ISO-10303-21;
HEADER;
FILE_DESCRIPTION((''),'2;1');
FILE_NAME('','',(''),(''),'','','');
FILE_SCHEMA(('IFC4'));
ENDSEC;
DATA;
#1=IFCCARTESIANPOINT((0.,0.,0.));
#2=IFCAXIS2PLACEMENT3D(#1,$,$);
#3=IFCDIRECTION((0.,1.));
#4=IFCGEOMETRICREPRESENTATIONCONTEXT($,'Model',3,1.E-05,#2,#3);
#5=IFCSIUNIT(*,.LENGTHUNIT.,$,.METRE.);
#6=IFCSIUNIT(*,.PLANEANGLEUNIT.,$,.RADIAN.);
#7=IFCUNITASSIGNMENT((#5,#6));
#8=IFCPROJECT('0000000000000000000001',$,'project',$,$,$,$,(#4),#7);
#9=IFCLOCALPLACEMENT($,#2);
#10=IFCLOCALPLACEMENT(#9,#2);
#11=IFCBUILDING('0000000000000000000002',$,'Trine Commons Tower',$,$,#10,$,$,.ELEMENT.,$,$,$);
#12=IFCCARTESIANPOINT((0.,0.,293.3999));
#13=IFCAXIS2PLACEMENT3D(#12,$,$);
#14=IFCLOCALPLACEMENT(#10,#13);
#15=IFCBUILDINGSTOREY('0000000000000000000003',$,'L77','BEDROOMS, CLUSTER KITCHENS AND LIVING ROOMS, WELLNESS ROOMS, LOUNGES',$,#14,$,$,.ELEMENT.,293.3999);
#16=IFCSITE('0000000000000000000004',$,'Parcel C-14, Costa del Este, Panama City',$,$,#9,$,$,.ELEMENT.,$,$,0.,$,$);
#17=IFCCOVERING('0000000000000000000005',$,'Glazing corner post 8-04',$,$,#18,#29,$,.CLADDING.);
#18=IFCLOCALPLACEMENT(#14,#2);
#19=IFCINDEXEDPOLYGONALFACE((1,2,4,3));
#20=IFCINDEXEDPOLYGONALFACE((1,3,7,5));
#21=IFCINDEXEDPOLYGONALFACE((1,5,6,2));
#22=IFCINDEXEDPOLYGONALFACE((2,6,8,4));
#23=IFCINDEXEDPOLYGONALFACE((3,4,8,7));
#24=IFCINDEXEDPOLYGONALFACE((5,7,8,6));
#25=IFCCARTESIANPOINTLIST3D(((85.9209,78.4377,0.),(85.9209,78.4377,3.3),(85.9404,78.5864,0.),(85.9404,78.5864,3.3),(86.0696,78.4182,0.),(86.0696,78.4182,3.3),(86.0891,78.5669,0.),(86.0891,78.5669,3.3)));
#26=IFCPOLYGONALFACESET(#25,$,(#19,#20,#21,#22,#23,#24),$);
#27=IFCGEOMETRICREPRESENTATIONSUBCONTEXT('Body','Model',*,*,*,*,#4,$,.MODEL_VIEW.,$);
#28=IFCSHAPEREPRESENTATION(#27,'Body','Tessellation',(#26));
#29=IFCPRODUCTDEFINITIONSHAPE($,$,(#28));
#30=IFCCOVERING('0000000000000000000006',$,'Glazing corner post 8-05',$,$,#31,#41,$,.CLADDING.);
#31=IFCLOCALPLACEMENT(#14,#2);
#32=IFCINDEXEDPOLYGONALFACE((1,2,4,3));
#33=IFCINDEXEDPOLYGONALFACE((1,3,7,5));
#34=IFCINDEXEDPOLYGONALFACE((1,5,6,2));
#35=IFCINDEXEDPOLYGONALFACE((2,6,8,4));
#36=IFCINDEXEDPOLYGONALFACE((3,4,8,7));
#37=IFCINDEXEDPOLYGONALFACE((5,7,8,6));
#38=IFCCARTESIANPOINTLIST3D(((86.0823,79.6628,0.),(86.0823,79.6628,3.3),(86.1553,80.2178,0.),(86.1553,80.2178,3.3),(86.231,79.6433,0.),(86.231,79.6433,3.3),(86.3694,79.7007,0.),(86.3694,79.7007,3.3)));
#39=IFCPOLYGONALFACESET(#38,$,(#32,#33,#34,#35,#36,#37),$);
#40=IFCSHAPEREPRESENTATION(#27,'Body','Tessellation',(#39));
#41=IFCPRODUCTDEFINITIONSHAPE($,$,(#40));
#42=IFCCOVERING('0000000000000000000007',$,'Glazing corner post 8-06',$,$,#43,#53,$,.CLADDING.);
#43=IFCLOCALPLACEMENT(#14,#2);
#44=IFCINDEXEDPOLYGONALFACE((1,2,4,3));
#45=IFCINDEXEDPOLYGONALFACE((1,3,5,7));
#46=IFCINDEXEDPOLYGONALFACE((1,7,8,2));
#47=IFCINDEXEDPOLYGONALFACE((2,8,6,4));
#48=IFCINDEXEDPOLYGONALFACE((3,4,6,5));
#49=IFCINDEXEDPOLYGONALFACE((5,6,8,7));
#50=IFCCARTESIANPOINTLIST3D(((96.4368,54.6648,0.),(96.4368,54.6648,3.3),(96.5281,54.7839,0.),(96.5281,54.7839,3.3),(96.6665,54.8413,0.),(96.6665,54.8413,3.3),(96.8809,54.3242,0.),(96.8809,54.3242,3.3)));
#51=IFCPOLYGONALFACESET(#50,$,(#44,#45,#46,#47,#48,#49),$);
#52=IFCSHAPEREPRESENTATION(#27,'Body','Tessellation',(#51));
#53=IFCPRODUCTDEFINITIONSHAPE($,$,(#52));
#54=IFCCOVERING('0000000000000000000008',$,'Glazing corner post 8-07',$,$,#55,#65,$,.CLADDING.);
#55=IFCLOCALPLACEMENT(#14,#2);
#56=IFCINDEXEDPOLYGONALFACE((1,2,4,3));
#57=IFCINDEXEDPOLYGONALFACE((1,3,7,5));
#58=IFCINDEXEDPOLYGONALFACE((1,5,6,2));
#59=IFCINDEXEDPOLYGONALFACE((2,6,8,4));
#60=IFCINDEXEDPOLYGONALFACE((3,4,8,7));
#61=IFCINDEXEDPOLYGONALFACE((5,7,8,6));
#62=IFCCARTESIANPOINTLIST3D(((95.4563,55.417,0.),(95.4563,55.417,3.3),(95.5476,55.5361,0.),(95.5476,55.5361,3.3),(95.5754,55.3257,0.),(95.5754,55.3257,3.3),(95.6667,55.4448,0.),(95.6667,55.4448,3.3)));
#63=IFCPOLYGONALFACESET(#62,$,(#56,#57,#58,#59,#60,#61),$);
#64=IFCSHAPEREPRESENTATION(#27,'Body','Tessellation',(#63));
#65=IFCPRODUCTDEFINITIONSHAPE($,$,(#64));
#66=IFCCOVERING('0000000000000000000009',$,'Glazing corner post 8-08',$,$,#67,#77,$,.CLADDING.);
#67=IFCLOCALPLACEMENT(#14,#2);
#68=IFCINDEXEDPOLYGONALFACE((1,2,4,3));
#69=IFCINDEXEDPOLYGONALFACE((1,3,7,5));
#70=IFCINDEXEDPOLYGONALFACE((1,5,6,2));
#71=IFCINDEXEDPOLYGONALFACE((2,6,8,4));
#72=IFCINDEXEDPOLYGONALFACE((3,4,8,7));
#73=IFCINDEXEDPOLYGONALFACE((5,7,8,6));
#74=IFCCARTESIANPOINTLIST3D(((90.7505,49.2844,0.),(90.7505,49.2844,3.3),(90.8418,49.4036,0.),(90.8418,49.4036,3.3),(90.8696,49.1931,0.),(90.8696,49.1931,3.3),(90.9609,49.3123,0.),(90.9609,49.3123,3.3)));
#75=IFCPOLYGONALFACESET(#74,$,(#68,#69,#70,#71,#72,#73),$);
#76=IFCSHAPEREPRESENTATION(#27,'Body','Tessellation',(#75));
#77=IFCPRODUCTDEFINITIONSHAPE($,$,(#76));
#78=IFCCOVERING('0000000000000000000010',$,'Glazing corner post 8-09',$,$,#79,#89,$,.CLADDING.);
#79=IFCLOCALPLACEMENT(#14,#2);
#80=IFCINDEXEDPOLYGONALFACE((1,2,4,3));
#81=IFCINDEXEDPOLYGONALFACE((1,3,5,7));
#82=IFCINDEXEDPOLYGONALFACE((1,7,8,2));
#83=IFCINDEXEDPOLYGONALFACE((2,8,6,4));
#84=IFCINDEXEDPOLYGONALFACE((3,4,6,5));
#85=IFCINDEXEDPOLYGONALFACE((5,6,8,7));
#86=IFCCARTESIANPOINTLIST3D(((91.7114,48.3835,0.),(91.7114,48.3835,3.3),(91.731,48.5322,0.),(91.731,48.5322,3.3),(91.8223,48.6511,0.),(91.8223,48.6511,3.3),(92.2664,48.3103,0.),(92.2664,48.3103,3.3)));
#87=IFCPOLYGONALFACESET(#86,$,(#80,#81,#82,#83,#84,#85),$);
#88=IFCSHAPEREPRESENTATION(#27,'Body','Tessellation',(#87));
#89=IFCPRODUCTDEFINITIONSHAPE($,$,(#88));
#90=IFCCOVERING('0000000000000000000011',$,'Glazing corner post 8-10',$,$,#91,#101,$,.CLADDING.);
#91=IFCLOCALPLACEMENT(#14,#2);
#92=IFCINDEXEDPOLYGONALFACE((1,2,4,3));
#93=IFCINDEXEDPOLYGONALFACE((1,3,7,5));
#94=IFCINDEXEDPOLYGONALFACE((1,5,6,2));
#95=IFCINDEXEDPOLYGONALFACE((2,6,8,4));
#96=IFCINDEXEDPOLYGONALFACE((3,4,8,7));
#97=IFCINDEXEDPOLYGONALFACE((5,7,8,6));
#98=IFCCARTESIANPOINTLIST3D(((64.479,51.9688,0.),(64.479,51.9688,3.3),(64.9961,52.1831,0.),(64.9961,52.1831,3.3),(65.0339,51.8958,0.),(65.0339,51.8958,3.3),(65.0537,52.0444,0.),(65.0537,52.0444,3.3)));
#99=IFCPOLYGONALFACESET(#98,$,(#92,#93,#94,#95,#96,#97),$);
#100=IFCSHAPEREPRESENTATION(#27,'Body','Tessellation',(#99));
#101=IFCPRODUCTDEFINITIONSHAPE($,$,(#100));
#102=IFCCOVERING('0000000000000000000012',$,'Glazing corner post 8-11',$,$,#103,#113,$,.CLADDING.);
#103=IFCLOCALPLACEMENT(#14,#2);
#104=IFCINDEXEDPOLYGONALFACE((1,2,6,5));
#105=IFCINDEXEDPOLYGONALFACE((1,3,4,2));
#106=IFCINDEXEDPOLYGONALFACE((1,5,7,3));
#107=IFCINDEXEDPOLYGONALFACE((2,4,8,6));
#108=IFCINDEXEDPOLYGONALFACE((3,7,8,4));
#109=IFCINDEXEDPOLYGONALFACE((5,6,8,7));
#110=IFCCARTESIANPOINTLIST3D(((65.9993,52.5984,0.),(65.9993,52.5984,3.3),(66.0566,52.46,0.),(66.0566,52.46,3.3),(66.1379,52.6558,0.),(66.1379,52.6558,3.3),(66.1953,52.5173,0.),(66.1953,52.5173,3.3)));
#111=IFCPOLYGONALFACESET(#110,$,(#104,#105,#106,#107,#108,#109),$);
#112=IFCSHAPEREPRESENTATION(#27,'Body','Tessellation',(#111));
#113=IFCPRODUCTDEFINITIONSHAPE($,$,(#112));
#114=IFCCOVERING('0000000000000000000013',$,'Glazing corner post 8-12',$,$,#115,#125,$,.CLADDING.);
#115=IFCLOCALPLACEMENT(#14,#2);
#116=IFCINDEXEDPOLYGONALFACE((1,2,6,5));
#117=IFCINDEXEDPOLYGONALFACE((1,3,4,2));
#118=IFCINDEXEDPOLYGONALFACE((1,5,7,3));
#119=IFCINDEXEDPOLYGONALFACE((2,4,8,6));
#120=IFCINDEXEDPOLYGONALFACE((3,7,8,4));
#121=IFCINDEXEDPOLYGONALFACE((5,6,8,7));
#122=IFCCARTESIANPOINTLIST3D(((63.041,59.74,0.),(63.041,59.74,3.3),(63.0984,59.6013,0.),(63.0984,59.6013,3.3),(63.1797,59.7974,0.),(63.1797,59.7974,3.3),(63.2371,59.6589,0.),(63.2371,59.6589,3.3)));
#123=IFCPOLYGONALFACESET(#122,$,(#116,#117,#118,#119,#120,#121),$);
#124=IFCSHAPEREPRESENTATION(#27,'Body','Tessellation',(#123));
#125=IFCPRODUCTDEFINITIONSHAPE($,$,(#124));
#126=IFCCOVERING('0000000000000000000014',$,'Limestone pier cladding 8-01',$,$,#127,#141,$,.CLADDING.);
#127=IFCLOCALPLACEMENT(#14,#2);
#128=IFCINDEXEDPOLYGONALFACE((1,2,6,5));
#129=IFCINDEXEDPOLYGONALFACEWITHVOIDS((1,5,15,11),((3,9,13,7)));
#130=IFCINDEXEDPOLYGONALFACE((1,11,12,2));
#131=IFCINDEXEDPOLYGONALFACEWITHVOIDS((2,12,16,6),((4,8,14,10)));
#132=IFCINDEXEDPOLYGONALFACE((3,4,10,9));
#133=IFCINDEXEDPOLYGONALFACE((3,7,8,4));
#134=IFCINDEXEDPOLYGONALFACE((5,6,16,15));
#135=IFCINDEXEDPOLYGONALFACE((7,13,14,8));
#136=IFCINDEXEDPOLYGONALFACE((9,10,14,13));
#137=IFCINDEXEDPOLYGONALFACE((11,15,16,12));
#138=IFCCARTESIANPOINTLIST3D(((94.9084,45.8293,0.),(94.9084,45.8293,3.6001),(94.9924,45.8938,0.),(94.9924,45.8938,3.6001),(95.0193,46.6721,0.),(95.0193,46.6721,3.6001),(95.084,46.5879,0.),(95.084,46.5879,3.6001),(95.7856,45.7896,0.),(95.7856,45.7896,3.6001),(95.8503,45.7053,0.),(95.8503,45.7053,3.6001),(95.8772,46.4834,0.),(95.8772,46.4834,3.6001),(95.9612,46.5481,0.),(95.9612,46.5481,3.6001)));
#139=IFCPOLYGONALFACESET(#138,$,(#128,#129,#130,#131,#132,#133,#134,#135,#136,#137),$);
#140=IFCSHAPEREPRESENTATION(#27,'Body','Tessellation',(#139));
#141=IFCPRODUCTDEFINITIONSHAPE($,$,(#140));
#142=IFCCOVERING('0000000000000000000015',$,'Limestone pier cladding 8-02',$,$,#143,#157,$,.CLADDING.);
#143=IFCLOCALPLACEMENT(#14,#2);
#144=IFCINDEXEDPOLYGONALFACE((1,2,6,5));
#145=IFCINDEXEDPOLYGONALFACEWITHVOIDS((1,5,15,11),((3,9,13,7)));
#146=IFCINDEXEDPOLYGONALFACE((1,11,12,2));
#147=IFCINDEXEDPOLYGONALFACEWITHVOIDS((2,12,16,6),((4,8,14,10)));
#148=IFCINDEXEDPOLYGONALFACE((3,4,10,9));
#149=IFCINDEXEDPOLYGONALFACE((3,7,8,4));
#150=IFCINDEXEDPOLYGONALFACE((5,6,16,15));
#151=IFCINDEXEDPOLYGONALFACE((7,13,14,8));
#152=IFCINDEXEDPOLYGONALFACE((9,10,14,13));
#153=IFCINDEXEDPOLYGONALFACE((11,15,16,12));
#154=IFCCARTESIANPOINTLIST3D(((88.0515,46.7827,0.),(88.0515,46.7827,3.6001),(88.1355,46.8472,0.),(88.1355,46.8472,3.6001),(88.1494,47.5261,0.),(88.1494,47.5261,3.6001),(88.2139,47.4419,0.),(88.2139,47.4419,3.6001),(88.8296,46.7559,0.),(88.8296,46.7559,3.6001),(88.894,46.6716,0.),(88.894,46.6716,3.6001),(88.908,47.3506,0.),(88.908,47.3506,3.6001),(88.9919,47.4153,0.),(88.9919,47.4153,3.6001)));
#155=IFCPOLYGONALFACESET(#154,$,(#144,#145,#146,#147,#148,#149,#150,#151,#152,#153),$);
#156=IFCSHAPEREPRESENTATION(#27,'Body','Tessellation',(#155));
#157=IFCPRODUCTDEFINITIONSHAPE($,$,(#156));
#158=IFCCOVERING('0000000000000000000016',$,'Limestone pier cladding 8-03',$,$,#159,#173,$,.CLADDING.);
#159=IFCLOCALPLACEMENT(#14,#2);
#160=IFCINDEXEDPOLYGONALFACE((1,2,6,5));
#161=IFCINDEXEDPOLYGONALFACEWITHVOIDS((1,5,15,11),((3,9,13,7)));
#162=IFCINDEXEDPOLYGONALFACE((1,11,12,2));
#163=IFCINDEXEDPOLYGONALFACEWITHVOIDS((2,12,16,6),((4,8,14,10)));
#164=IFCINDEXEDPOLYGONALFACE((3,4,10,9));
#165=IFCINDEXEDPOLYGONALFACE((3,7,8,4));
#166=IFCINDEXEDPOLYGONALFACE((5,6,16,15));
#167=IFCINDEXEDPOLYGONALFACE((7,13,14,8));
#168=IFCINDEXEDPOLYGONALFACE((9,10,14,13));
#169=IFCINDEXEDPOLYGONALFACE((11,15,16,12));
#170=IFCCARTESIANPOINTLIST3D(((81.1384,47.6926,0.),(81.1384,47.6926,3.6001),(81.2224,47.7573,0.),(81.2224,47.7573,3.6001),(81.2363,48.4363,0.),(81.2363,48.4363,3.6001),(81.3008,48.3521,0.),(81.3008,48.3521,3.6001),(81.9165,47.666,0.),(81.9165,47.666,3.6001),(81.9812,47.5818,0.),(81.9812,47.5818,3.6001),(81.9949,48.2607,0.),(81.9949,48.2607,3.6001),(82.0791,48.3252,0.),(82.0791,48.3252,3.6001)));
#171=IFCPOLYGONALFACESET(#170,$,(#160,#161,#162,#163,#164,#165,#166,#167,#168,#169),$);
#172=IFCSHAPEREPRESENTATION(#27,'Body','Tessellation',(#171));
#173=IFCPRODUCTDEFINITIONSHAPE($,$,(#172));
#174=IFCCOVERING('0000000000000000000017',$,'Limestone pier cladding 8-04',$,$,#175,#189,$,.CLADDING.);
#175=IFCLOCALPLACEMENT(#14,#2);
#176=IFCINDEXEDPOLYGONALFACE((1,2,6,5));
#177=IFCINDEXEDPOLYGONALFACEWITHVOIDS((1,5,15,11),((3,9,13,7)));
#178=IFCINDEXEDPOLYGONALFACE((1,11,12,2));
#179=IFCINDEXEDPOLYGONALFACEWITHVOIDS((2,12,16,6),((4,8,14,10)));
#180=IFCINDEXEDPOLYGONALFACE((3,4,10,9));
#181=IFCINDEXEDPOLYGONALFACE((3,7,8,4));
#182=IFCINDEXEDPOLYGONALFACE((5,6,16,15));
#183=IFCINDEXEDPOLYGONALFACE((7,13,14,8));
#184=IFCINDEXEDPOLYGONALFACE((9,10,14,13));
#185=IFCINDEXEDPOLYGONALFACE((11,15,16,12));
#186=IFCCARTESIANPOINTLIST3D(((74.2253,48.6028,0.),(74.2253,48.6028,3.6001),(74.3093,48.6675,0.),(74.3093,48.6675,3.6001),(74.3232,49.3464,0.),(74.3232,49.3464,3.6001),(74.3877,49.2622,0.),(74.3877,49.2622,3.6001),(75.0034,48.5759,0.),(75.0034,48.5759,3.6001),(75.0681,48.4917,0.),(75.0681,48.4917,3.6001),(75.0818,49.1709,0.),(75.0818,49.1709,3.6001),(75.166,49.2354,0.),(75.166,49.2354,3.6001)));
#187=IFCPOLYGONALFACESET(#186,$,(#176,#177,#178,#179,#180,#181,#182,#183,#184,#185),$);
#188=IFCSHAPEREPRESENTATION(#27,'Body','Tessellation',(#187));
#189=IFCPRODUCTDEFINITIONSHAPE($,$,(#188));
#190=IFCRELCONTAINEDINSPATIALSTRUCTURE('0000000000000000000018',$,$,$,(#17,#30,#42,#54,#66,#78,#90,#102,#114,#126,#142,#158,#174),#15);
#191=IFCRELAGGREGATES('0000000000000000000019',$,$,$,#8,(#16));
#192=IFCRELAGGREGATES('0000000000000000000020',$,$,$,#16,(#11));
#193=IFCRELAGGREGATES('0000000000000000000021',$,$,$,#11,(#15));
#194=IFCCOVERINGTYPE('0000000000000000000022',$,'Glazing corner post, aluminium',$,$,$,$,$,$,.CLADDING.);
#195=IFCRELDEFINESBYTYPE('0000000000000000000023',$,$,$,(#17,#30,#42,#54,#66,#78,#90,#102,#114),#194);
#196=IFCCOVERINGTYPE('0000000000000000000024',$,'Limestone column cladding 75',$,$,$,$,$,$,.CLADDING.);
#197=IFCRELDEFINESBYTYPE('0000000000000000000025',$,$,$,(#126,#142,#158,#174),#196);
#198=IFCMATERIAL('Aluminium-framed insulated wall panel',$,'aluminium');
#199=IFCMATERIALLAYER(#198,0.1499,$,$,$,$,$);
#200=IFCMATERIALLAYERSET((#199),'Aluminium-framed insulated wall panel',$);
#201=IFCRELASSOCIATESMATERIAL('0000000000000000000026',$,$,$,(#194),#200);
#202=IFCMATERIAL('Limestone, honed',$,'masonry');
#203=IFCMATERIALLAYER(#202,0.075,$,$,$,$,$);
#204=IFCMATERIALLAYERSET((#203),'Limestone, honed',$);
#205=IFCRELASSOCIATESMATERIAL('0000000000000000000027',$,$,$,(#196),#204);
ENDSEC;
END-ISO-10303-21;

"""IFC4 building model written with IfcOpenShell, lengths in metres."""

from ifc_helpers import new_model, si_unit, direction, frame, origin, place, context, subcontext, project, spatial, polyline, outline, extrude, material, layer, layer_set, type_object, element, save


model = new_model("IFC4")

# Units and contexts
model_context = context("Model", 3, precision=1e-05, world=origin(), true_north=direction((0.0, 1.0)))
body_context = subcontext(model_context, "Body", "Model", "MODEL_VIEW")
ifc_project = project(units=[si_unit("LENGTHUNIT", "METRE"), si_unit("PLANEANGLEUNIT", "RADIAN")], contexts=[model_context])

# Site, building, storey
site_placement = place(None, origin())
site = spatial("IfcSite", under=ifc_project, at=site_placement, Name="Parcel C-14, Costa del Este, Panama City", CompositionType="ELEMENT", RefElevation=0.0)
building_placement = place(site_placement, origin())
building = spatial("IfcBuilding", under=site, at=building_placement, Name="Trine Commons Tower", CompositionType="ELEMENT")
storey_placement = place(building_placement, frame((0.0, 0.0, 293.3999)))
storey = spatial("IfcBuildingStorey", under=building, at=storey_placement, Name="L77", Description="BEDROOMS, CLUSTER KITCHENS AND LIVING ROOMS, WELLNESS ROOMS, LOUNGES", CompositionType="ELEMENT", Elevation=293.3999)

# Coverings
ifc_material_1 = material(Name="Aluminium-framed insulated wall panel", Category="aluminium")
ifc_layer_1 = layer(ifc_material_1, 0.1499)
ifc_layer_set_1 = layer_set([ifc_layer_1], Name="Aluminium-framed insulated wall panel")
covering_type_1 = type_object("IfcCoveringType", Name="Glazing corner post, aluminium", PredefinedType="CLADDING", material=ifc_layer_set_1)
covering_1_placement = place(storey_placement, origin())
element("IfcCovering", 1, at=covering_1_placement, inside=storey, type_object=covering_type_1, Name="Glazing corner post 8-04", PredefinedType="CLADDING", context=body_context, shape_type="SweptSolid", body=[
    extrude(outline(polyline([(85.9209, 78.4377), (86.0696, 78.4182), (86.0891, 78.5669), (85.9404, 78.5864), (85.9209, 78.4377)])), origin(), (0.0, 0.0, 1.0), 3.3),
])
covering_2_placement = place(storey_placement, origin())
element("IfcCovering", 2, at=covering_2_placement, inside=storey, type_object=covering_type_1, Name="Glazing corner post 8-05", PredefinedType="CLADDING", context=body_context, shape_type="SweptSolid", body=[
    extrude(outline(polyline([(86.0823, 79.6628), (86.231, 79.6433), (86.3694, 79.7007), (86.1553, 80.2178), (86.0823, 79.6628)])), origin(), (0.0, 0.0, 1.0), 3.3),
])
covering_3_placement = place(storey_placement, origin())
element("IfcCovering", 3, at=covering_3_placement, inside=storey, type_object=covering_type_1, Name="Glazing corner post 8-06", PredefinedType="CLADDING", context=body_context, shape_type="SweptSolid", body=[
    extrude(outline(polyline([(96.4368, 54.6648), (96.8809, 54.3242), (96.6665, 54.8413), (96.5281, 54.7839), (96.4368, 54.6648)])), origin(), (0.0, 0.0, 1.0), 3.3),
])
covering_4_placement = place(storey_placement, origin())
element("IfcCovering", 4, at=covering_4_placement, inside=storey, type_object=covering_type_1, Name="Glazing corner post 8-07", PredefinedType="CLADDING", context=body_context, shape_type="SweptSolid", body=[
    extrude(outline(polyline([(95.4563, 55.417), (95.5754, 55.3257), (95.6667, 55.4448), (95.5476, 55.5361), (95.4563, 55.417)])), origin(), (0.0, 0.0, 1.0), 3.3),
])
covering_5_placement = place(storey_placement, origin())
element("IfcCovering", 5, at=covering_5_placement, inside=storey, type_object=covering_type_1, Name="Glazing corner post 8-08", PredefinedType="CLADDING", context=body_context, shape_type="SweptSolid", body=[
    extrude(outline(polyline([(90.8696, 49.1931), (90.9609, 49.3123), (90.8418, 49.4036), (90.7505, 49.2844), (90.8696, 49.1931)])), origin(), (0.0, 0.0, 1.0), 3.3),
])
covering_6_placement = place(storey_placement, origin())
element("IfcCovering", 6, at=covering_6_placement, inside=storey, type_object=covering_type_1, Name="Glazing corner post 8-09", PredefinedType="CLADDING", context=body_context, shape_type="SweptSolid", body=[
    extrude(outline(polyline([(91.7114, 48.3835), (92.2664, 48.3103), (91.8223, 48.6511), (91.731, 48.5322), (91.7114, 48.3835)])), origin(), (0.0, 0.0, 1.0), 3.3),
])
covering_7_placement = place(storey_placement, origin())
element("IfcCovering", 7, at=covering_7_placement, inside=storey, type_object=covering_type_1, Name="Glazing corner post 8-10", PredefinedType="CLADDING", context=body_context, shape_type="SweptSolid", body=[
    extrude(outline(polyline([(65.0339, 51.8958), (65.0537, 52.0444), (64.9961, 52.1831), (64.479, 51.9688), (65.0339, 51.8958)])), origin(), (0.0, 0.0, 1.0), 3.3),
])
covering_8_placement = place(storey_placement, origin())
element("IfcCovering", 8, at=covering_8_placement, inside=storey, type_object=covering_type_1, Name="Glazing corner post 8-11", PredefinedType="CLADDING", context=body_context, shape_type="SweptSolid", body=[
    extrude(outline(polyline([(66.0566, 52.46), (66.1953, 52.5173), (66.1379, 52.6558), (65.9993, 52.5984), (66.0566, 52.46)])), origin(), (0.0, 0.0, 1.0), 3.3),
])
covering_9_placement = place(storey_placement, origin())
element("IfcCovering", 9, at=covering_9_placement, inside=storey, type_object=covering_type_1, Name="Glazing corner post 8-12", PredefinedType="CLADDING", context=body_context, shape_type="SweptSolid", body=[
    extrude(outline(polyline([(63.041, 59.74), (63.0984, 59.6013), (63.2371, 59.6589), (63.1797, 59.7974), (63.041, 59.74)])), origin(), (0.0, 0.0, 1.0), 3.3),
])
ifc_material_2 = material(Name="Limestone, honed", Category="masonry")
ifc_layer_2 = layer(ifc_material_2, 0.075)
ifc_layer_set_2 = layer_set([ifc_layer_2], Name="Limestone, honed")
covering_type_2 = type_object("IfcCoveringType", Name="Limestone column cladding 75", PredefinedType="CLADDING", material=ifc_layer_set_2)
covering_10_placement = place(storey_placement, origin())
element("IfcCovering", 10, at=covering_10_placement, inside=storey, type_object=covering_type_2, Name="Limestone pier cladding 8-01", PredefinedType="CLADDING", context=body_context, shape_type="SweptSolid", body=[
    extrude(outline(polyline([(95.0193, 46.6721), (94.9084, 45.8293), (95.8503, 45.7053), (95.9612, 46.5481), (95.0193, 46.6721)]), holes=[polyline([(95.084, 46.5879), (94.9924, 45.8938), (95.7856, 45.7896), (95.8772, 46.4834), (95.084, 46.5879)])]), origin(), (0.0, 0.0, 1.0), 3.6001),
])
covering_11_placement = place(storey_placement, origin())
element("IfcCovering", 11, at=covering_11_placement, inside=storey, type_object=covering_type_2, Name="Limestone pier cladding 8-02", PredefinedType="CLADDING", context=body_context, shape_type="SweptSolid", body=[
    extrude(outline(polyline([(88.1494, 47.5261), (88.0515, 46.7827), (88.894, 46.6716), (88.9919, 47.4153), (88.1494, 47.5261)]), holes=[polyline([(88.2139, 47.4419), (88.1355, 46.8472), (88.8296, 46.7559), (88.908, 47.3506), (88.2139, 47.4419)])]), origin(), (0.0, 0.0, 1.0), 3.6001),
])
covering_12_placement = place(storey_placement, origin())
element("IfcCovering", 12, at=covering_12_placement, inside=storey, type_object=covering_type_2, Name="Limestone pier cladding 8-03", PredefinedType="CLADDING", context=body_context, shape_type="SweptSolid", body=[
    extrude(outline(polyline([(81.2363, 48.4363), (81.1384, 47.6926), (81.9812, 47.5818), (82.0791, 48.3252), (81.2363, 48.4363)]), holes=[polyline([(81.3008, 48.3521), (81.2224, 47.7573), (81.9165, 47.666), (81.9949, 48.2607), (81.3008, 48.3521)])]), origin(), (0.0, 0.0, 1.0), 3.6001),
])
covering_13_placement = place(storey_placement, origin())
element("IfcCovering", 13, at=covering_13_placement, inside=storey, type_object=covering_type_2, Name="Limestone pier cladding 8-04", PredefinedType="CLADDING", context=body_context, shape_type="SweptSolid", body=[
    extrude(outline(polyline([(74.3232, 49.3464), (74.2253, 48.6028), (75.0681, 48.4917), (75.166, 49.2354), (74.3232, 49.3464)]), holes=[polyline([(74.3877, 49.2622), (74.3093, 48.6675), (75.0034, 48.5759), (75.0818, 49.1709), (74.3877, 49.2622)])]), origin(), (0.0, 0.0, 1.0), 3.6001),
])

save(model, "model.ifc")
